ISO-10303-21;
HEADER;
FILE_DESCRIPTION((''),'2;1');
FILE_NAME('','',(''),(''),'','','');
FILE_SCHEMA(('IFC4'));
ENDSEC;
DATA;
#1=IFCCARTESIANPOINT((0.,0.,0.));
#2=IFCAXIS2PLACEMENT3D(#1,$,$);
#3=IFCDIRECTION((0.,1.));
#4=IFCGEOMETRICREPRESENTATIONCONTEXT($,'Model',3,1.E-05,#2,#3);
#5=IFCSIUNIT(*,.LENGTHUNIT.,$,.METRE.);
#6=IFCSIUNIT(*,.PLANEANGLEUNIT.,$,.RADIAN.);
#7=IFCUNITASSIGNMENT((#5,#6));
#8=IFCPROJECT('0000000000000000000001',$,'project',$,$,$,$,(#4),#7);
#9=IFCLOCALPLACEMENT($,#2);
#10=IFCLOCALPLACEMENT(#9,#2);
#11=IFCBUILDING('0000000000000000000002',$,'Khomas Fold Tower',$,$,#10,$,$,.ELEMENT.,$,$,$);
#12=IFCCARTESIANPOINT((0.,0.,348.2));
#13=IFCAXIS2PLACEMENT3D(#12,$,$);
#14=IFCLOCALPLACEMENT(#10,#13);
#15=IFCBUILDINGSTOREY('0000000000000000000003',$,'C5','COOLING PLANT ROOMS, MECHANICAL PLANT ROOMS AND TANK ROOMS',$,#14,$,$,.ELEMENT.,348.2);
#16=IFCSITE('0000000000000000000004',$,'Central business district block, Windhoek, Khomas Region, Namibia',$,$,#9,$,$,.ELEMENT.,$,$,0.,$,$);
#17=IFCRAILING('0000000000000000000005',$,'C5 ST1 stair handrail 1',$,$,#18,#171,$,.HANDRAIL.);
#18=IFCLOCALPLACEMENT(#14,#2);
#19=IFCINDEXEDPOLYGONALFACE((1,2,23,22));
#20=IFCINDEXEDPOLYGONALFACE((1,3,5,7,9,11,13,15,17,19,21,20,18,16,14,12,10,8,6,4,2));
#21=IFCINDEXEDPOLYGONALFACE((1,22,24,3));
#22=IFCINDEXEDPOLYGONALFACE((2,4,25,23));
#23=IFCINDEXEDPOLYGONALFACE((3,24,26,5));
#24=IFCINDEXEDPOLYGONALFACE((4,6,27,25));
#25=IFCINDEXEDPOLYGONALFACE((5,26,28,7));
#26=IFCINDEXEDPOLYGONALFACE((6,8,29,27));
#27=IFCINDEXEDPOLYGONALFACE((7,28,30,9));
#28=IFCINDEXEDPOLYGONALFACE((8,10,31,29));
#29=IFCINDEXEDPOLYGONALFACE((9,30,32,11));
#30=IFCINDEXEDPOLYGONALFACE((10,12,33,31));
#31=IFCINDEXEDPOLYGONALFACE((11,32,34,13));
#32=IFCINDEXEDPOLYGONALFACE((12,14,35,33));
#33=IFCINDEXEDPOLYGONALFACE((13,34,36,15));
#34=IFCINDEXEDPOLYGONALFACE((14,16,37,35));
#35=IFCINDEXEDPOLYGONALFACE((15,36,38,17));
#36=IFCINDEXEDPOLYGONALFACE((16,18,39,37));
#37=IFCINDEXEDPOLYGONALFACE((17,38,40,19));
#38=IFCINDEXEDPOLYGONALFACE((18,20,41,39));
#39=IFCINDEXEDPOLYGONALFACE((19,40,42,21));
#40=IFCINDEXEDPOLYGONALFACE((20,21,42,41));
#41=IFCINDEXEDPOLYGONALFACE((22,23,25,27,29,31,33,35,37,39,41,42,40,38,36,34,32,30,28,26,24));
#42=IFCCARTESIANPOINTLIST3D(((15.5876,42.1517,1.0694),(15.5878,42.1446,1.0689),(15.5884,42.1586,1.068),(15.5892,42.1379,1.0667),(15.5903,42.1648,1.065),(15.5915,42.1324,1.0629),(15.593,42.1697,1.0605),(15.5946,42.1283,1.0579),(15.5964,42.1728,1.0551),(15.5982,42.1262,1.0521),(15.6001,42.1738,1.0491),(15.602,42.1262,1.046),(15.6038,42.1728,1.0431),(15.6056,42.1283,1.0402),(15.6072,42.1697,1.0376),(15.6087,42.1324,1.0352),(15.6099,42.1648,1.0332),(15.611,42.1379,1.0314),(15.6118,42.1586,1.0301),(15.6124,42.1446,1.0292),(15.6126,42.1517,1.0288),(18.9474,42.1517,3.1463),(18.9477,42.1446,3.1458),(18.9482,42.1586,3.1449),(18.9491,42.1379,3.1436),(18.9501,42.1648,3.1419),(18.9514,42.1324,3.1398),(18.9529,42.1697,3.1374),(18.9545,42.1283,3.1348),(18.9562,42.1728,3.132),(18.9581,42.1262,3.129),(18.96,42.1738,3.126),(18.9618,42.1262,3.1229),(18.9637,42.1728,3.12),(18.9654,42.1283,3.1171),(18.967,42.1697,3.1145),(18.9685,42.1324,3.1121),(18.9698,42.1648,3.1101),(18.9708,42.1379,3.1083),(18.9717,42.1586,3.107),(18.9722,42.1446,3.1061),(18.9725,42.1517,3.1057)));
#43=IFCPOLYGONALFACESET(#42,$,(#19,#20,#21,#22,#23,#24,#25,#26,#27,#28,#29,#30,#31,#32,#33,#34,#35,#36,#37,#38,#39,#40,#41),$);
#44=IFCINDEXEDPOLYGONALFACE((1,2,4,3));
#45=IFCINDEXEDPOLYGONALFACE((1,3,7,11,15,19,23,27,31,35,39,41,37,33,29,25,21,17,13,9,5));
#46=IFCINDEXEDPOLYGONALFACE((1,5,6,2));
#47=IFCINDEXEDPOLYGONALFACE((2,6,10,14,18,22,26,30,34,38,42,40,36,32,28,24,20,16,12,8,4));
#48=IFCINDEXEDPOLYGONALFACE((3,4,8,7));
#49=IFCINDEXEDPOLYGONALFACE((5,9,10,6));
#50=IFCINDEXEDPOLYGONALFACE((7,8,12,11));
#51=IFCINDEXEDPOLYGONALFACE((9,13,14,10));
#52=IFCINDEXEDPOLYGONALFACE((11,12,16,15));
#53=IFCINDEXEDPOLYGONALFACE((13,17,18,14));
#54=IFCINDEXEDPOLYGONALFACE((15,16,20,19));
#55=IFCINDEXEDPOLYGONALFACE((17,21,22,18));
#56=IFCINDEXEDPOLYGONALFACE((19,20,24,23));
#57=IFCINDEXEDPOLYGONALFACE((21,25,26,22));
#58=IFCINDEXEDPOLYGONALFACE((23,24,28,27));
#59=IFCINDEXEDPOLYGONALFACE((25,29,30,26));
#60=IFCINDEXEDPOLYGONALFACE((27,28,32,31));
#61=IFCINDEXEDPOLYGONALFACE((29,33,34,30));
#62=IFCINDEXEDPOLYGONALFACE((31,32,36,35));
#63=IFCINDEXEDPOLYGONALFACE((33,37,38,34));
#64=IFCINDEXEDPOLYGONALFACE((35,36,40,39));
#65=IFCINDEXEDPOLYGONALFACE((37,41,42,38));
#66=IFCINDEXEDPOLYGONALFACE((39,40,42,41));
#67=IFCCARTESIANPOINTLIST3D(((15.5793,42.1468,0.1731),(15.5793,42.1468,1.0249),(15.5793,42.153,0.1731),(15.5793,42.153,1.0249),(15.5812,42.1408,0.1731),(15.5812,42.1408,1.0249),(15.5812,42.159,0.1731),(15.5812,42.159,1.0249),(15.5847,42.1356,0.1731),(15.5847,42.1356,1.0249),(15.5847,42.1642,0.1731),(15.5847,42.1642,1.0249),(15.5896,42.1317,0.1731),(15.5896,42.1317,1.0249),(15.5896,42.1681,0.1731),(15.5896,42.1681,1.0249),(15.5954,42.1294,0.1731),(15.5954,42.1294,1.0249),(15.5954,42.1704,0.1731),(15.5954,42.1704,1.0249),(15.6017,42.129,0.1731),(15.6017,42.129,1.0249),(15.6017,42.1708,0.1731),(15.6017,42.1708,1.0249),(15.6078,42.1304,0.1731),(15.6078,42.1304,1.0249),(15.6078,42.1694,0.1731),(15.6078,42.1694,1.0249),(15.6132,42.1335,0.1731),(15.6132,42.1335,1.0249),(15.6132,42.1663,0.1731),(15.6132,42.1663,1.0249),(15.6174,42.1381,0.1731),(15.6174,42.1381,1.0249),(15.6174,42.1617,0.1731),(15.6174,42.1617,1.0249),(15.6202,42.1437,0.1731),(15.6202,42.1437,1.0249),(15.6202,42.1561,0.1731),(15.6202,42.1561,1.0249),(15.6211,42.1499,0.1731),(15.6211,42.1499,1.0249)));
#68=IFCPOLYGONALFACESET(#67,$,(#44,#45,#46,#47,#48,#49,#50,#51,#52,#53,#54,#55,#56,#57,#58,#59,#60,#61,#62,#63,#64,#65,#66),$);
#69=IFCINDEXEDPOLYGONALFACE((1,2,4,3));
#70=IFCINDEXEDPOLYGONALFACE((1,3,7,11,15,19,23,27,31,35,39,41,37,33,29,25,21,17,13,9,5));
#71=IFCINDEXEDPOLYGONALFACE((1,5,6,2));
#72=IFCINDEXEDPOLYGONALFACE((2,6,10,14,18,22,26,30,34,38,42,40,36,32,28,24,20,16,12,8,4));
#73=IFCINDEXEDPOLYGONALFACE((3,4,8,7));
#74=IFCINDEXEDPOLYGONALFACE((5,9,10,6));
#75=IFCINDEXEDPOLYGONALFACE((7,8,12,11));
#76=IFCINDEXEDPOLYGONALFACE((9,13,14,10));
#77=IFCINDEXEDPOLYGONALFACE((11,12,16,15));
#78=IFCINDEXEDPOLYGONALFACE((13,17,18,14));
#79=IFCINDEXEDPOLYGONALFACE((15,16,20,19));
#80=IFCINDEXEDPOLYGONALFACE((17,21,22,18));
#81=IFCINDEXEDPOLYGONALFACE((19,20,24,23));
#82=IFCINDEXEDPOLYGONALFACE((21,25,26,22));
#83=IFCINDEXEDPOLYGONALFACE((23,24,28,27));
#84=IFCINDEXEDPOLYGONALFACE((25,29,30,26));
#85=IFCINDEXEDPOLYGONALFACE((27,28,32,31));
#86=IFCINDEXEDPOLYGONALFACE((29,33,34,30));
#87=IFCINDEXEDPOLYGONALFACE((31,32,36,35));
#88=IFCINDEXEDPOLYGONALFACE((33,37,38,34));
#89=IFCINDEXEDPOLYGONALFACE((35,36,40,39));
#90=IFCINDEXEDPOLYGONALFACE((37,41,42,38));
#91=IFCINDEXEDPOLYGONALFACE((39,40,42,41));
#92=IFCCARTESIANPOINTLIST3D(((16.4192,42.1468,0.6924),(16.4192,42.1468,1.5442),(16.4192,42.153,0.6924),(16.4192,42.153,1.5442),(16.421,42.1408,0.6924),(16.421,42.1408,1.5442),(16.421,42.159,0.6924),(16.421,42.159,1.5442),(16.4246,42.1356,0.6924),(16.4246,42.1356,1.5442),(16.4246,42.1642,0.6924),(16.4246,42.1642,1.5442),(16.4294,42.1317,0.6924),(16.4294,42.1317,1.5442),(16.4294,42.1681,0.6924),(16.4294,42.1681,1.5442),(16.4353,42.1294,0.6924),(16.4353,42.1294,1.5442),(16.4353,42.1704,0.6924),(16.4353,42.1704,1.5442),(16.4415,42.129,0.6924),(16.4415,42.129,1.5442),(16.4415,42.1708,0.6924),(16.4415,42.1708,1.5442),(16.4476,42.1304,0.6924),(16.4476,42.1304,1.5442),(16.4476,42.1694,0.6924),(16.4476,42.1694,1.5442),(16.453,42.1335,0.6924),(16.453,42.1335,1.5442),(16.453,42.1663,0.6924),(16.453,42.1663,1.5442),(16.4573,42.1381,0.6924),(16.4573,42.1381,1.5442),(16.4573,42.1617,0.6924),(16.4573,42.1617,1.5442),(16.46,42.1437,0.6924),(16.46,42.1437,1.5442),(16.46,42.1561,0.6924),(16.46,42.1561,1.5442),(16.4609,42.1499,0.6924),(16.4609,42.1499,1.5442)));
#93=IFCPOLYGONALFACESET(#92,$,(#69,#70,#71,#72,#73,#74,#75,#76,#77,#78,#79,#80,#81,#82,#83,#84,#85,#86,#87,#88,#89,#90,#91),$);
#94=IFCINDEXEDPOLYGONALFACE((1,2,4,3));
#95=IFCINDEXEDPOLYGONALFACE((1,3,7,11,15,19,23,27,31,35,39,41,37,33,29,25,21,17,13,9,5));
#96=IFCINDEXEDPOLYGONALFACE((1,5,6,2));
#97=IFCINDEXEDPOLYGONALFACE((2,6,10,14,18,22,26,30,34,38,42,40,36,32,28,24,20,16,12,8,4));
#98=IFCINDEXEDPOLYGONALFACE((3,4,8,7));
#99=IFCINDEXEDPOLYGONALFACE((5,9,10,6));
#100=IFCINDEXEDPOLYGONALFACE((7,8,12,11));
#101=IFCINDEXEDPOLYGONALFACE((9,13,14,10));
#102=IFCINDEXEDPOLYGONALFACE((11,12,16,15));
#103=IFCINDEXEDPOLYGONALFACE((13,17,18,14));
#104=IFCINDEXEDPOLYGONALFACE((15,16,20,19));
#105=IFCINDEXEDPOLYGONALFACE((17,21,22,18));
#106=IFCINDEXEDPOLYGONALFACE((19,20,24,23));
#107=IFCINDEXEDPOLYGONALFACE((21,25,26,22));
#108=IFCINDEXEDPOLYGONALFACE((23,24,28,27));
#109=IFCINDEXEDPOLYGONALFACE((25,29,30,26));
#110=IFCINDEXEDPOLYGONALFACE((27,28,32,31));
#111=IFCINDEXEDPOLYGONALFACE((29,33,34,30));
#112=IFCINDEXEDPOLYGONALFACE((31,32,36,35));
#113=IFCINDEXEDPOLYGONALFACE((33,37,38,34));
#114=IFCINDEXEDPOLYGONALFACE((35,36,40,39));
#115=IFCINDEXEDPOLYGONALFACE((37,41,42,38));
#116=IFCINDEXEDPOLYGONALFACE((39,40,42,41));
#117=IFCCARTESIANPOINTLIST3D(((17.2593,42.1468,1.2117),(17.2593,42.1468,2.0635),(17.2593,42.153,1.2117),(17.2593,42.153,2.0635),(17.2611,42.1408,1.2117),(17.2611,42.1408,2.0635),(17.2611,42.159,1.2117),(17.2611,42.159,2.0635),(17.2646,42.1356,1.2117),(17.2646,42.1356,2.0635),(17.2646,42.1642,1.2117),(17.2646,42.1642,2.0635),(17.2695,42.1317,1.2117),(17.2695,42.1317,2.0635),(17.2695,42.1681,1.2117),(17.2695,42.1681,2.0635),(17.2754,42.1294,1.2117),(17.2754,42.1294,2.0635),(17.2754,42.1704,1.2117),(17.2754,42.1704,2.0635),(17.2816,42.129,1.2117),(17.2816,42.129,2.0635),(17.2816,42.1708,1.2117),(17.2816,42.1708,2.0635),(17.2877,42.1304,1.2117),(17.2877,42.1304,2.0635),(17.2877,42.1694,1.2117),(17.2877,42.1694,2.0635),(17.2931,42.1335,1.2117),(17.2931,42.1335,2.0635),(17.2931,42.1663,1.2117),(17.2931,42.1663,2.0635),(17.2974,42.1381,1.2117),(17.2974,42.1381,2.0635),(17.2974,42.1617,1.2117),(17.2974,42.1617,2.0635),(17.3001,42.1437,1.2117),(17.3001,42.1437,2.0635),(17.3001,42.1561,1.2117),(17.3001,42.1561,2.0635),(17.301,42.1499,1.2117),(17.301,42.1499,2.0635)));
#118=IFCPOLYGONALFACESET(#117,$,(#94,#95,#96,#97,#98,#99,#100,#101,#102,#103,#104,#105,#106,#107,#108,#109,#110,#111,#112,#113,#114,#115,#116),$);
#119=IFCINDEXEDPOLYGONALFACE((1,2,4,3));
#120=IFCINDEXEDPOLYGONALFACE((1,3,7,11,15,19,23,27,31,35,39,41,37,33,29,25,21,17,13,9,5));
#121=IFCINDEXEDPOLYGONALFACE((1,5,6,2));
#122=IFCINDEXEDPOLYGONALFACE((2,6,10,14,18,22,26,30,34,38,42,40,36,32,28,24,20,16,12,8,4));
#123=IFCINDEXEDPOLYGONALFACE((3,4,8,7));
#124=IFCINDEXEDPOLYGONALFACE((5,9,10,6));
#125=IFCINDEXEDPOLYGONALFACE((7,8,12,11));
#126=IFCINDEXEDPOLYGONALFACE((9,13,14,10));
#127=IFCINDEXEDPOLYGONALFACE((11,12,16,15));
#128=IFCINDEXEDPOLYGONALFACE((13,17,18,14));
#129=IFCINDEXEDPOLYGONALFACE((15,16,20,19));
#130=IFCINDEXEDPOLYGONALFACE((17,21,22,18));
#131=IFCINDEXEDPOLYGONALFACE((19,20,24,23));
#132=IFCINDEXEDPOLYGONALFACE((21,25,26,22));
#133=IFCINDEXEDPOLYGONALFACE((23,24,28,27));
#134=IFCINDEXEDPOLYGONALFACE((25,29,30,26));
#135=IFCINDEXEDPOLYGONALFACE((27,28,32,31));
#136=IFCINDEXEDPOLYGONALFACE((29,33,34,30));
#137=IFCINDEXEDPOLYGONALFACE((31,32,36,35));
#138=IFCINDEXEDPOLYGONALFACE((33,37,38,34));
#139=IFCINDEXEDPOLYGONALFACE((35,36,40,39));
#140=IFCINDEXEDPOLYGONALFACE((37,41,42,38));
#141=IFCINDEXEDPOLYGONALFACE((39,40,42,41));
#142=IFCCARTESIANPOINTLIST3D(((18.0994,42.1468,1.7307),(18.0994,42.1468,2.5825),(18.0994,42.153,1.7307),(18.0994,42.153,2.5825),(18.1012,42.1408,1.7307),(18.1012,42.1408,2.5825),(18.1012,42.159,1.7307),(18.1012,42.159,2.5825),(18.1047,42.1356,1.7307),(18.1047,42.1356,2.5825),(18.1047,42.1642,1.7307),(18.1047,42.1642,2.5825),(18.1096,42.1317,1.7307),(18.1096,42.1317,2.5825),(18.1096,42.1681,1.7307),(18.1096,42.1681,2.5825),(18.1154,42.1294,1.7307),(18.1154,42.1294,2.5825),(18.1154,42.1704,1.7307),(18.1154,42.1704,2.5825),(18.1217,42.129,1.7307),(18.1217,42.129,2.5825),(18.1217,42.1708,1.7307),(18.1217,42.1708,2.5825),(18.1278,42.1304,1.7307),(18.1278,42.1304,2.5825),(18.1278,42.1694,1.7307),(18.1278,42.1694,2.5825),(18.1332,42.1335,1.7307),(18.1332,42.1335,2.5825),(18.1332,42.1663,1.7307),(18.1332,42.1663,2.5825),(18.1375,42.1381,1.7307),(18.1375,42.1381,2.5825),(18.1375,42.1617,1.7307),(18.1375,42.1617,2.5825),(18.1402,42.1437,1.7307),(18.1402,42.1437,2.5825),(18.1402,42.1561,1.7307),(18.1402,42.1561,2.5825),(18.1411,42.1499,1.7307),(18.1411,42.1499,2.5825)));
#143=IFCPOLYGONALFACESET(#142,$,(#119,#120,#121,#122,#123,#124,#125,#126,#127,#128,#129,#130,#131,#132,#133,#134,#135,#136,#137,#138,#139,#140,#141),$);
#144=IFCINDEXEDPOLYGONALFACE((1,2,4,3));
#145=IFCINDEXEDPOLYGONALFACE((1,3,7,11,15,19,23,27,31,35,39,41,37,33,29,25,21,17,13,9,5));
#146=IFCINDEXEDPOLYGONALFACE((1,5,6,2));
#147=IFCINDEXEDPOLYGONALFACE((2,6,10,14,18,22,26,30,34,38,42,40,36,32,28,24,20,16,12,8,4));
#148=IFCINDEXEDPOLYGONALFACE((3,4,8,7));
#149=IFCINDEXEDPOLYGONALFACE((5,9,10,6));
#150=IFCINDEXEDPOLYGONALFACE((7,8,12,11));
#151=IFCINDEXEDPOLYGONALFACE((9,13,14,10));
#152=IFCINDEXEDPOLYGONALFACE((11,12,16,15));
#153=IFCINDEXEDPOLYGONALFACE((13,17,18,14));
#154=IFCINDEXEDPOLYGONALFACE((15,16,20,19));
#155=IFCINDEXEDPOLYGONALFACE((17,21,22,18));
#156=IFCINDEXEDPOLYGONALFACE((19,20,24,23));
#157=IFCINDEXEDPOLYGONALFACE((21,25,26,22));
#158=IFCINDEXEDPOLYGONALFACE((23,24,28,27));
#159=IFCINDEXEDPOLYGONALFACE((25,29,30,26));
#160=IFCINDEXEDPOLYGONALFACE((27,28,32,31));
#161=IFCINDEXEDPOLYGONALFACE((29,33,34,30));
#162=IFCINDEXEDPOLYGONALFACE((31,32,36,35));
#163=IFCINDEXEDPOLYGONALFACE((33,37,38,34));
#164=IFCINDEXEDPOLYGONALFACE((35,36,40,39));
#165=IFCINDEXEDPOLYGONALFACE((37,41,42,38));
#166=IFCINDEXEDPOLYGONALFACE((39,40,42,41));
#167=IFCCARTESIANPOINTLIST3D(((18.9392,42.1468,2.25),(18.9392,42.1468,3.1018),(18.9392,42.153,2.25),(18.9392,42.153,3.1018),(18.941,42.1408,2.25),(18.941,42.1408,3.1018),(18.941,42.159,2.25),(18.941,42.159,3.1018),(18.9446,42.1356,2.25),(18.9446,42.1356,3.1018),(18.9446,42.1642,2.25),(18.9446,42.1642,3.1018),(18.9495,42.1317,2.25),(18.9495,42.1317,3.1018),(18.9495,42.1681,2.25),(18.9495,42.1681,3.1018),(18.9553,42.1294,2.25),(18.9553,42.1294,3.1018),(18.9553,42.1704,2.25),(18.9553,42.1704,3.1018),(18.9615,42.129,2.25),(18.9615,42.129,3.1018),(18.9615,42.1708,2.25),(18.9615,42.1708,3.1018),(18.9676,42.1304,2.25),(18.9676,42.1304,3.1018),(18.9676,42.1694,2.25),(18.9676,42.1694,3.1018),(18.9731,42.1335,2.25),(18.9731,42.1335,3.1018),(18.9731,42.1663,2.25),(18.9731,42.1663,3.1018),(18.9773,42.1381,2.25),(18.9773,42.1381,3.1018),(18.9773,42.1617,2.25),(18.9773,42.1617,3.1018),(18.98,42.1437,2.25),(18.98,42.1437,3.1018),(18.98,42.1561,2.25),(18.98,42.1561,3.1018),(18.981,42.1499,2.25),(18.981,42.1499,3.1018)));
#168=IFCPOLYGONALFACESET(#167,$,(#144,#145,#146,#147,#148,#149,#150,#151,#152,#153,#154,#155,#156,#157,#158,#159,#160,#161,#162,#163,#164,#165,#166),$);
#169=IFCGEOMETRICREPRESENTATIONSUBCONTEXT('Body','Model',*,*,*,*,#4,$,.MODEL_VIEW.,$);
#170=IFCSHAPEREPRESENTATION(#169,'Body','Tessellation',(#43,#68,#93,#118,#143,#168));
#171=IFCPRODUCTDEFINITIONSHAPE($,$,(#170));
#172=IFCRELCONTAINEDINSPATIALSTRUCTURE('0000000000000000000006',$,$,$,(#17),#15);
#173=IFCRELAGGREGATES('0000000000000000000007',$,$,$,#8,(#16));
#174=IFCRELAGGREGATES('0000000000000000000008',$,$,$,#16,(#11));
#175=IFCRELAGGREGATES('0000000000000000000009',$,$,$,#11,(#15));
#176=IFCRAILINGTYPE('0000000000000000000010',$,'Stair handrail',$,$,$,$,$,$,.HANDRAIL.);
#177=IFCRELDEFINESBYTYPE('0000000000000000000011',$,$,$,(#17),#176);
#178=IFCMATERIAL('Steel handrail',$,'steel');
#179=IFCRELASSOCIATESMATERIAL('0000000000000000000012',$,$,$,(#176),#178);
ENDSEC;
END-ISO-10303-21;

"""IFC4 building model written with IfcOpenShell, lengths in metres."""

from ifc_helpers import new_model, si_unit, direction, frame, origin, origin_2d, place, context, subcontext, project, spatial, circle, extrude, source, transform, mapped, material, type_object, element, save


model = new_model("IFC4")

# Units and contexts
model_context = context("Model", 3, precision=1e-05, world=origin(), true_north=direction((0.0, 1.0)))
body_context = subcontext(model_context, "Body", "Model", "MODEL_VIEW")
ifc_project = project(units=[si_unit("LENGTHUNIT", "METRE"), si_unit("PLANEANGLEUNIT", "RADIAN")], contexts=[model_context])

# Site, building, storey
site_placement = place(None, origin())
site = spatial("IfcSite", under=ifc_project, at=site_placement, Name="Central business district block, Windhoek, Khomas Region, Namibia", CompositionType="ELEMENT", RefElevation=0.0)
building_placement = place(site_placement, origin())
building = spatial("IfcBuilding", under=site, at=building_placement, Name="Khomas Fold Tower", CompositionType="ELEMENT")
storey_placement = place(building_placement, frame((0.0, 0.0, 348.2)))
storey = spatial("IfcBuildingStorey", under=building, at=storey_placement, Name="C5", Description="COOLING PLANT ROOMS, MECHANICAL PLANT ROOMS AND TANK ROOMS", CompositionType="ELEMENT", Elevation=348.2)

# Railing
ifc_material_1 = material(Name="Steel handrail", Category="steel")
railing_type_1 = type_object("IfcRailingType", Name="Stair handrail", PredefinedType="HANDRAIL", material=ifc_material_1)
shared_shape_1 = source(origin(), body_context, "Body", "SweptSolid", [
    extrude(circle(Radius=0.0239, at=origin_2d()), frame((0.0, 0.0, 0.876), z_axis=(0.850606, 0.0, 0.525803), x_axis=(0.0, 1.0, 0.0)), (0.0, 0.0, 1.0), 3.95),
    extrude(circle(Radius=0.021, at=origin_2d()), origin(), (0.0, 0.0, 1.0), 0.8518),
    extrude(circle(Radius=0.021, at=origin_2d()), frame((0.8398, 0.0, 0.5193)), (0.0, 0.0, 1.0), 0.8518),
    extrude(circle(Radius=0.021, at=origin_2d()), frame((1.6799, 0.0, 1.0386)), (0.0, 0.0, 1.0), 0.8518),
    extrude(circle(Radius=0.021, at=origin_2d()), frame((2.52, 0.0, 1.5576)), (0.0, 0.0, 1.0), 0.8518),
    extrude(circle(Radius=0.021, at=origin_2d()), frame((3.3599, 0.0, 2.0769)), (0.0, 0.0, 1.0), 0.8518),
])
railing_1_placement = place(storey_placement, frame((15.6001, 42.1499, 0.1731)))
element("IfcRailing", 1, at=railing_1_placement, inside=storey, type_object=railing_type_1, Name="C5 ST1 stair handrail 1", PredefinedType="HANDRAIL", context=body_context, shape_type="MappedRepresentation", body=[
    mapped(shared_shape_1, transform((0.0, 0.0, 0.0))),
])

save(model, "model.ifc")
